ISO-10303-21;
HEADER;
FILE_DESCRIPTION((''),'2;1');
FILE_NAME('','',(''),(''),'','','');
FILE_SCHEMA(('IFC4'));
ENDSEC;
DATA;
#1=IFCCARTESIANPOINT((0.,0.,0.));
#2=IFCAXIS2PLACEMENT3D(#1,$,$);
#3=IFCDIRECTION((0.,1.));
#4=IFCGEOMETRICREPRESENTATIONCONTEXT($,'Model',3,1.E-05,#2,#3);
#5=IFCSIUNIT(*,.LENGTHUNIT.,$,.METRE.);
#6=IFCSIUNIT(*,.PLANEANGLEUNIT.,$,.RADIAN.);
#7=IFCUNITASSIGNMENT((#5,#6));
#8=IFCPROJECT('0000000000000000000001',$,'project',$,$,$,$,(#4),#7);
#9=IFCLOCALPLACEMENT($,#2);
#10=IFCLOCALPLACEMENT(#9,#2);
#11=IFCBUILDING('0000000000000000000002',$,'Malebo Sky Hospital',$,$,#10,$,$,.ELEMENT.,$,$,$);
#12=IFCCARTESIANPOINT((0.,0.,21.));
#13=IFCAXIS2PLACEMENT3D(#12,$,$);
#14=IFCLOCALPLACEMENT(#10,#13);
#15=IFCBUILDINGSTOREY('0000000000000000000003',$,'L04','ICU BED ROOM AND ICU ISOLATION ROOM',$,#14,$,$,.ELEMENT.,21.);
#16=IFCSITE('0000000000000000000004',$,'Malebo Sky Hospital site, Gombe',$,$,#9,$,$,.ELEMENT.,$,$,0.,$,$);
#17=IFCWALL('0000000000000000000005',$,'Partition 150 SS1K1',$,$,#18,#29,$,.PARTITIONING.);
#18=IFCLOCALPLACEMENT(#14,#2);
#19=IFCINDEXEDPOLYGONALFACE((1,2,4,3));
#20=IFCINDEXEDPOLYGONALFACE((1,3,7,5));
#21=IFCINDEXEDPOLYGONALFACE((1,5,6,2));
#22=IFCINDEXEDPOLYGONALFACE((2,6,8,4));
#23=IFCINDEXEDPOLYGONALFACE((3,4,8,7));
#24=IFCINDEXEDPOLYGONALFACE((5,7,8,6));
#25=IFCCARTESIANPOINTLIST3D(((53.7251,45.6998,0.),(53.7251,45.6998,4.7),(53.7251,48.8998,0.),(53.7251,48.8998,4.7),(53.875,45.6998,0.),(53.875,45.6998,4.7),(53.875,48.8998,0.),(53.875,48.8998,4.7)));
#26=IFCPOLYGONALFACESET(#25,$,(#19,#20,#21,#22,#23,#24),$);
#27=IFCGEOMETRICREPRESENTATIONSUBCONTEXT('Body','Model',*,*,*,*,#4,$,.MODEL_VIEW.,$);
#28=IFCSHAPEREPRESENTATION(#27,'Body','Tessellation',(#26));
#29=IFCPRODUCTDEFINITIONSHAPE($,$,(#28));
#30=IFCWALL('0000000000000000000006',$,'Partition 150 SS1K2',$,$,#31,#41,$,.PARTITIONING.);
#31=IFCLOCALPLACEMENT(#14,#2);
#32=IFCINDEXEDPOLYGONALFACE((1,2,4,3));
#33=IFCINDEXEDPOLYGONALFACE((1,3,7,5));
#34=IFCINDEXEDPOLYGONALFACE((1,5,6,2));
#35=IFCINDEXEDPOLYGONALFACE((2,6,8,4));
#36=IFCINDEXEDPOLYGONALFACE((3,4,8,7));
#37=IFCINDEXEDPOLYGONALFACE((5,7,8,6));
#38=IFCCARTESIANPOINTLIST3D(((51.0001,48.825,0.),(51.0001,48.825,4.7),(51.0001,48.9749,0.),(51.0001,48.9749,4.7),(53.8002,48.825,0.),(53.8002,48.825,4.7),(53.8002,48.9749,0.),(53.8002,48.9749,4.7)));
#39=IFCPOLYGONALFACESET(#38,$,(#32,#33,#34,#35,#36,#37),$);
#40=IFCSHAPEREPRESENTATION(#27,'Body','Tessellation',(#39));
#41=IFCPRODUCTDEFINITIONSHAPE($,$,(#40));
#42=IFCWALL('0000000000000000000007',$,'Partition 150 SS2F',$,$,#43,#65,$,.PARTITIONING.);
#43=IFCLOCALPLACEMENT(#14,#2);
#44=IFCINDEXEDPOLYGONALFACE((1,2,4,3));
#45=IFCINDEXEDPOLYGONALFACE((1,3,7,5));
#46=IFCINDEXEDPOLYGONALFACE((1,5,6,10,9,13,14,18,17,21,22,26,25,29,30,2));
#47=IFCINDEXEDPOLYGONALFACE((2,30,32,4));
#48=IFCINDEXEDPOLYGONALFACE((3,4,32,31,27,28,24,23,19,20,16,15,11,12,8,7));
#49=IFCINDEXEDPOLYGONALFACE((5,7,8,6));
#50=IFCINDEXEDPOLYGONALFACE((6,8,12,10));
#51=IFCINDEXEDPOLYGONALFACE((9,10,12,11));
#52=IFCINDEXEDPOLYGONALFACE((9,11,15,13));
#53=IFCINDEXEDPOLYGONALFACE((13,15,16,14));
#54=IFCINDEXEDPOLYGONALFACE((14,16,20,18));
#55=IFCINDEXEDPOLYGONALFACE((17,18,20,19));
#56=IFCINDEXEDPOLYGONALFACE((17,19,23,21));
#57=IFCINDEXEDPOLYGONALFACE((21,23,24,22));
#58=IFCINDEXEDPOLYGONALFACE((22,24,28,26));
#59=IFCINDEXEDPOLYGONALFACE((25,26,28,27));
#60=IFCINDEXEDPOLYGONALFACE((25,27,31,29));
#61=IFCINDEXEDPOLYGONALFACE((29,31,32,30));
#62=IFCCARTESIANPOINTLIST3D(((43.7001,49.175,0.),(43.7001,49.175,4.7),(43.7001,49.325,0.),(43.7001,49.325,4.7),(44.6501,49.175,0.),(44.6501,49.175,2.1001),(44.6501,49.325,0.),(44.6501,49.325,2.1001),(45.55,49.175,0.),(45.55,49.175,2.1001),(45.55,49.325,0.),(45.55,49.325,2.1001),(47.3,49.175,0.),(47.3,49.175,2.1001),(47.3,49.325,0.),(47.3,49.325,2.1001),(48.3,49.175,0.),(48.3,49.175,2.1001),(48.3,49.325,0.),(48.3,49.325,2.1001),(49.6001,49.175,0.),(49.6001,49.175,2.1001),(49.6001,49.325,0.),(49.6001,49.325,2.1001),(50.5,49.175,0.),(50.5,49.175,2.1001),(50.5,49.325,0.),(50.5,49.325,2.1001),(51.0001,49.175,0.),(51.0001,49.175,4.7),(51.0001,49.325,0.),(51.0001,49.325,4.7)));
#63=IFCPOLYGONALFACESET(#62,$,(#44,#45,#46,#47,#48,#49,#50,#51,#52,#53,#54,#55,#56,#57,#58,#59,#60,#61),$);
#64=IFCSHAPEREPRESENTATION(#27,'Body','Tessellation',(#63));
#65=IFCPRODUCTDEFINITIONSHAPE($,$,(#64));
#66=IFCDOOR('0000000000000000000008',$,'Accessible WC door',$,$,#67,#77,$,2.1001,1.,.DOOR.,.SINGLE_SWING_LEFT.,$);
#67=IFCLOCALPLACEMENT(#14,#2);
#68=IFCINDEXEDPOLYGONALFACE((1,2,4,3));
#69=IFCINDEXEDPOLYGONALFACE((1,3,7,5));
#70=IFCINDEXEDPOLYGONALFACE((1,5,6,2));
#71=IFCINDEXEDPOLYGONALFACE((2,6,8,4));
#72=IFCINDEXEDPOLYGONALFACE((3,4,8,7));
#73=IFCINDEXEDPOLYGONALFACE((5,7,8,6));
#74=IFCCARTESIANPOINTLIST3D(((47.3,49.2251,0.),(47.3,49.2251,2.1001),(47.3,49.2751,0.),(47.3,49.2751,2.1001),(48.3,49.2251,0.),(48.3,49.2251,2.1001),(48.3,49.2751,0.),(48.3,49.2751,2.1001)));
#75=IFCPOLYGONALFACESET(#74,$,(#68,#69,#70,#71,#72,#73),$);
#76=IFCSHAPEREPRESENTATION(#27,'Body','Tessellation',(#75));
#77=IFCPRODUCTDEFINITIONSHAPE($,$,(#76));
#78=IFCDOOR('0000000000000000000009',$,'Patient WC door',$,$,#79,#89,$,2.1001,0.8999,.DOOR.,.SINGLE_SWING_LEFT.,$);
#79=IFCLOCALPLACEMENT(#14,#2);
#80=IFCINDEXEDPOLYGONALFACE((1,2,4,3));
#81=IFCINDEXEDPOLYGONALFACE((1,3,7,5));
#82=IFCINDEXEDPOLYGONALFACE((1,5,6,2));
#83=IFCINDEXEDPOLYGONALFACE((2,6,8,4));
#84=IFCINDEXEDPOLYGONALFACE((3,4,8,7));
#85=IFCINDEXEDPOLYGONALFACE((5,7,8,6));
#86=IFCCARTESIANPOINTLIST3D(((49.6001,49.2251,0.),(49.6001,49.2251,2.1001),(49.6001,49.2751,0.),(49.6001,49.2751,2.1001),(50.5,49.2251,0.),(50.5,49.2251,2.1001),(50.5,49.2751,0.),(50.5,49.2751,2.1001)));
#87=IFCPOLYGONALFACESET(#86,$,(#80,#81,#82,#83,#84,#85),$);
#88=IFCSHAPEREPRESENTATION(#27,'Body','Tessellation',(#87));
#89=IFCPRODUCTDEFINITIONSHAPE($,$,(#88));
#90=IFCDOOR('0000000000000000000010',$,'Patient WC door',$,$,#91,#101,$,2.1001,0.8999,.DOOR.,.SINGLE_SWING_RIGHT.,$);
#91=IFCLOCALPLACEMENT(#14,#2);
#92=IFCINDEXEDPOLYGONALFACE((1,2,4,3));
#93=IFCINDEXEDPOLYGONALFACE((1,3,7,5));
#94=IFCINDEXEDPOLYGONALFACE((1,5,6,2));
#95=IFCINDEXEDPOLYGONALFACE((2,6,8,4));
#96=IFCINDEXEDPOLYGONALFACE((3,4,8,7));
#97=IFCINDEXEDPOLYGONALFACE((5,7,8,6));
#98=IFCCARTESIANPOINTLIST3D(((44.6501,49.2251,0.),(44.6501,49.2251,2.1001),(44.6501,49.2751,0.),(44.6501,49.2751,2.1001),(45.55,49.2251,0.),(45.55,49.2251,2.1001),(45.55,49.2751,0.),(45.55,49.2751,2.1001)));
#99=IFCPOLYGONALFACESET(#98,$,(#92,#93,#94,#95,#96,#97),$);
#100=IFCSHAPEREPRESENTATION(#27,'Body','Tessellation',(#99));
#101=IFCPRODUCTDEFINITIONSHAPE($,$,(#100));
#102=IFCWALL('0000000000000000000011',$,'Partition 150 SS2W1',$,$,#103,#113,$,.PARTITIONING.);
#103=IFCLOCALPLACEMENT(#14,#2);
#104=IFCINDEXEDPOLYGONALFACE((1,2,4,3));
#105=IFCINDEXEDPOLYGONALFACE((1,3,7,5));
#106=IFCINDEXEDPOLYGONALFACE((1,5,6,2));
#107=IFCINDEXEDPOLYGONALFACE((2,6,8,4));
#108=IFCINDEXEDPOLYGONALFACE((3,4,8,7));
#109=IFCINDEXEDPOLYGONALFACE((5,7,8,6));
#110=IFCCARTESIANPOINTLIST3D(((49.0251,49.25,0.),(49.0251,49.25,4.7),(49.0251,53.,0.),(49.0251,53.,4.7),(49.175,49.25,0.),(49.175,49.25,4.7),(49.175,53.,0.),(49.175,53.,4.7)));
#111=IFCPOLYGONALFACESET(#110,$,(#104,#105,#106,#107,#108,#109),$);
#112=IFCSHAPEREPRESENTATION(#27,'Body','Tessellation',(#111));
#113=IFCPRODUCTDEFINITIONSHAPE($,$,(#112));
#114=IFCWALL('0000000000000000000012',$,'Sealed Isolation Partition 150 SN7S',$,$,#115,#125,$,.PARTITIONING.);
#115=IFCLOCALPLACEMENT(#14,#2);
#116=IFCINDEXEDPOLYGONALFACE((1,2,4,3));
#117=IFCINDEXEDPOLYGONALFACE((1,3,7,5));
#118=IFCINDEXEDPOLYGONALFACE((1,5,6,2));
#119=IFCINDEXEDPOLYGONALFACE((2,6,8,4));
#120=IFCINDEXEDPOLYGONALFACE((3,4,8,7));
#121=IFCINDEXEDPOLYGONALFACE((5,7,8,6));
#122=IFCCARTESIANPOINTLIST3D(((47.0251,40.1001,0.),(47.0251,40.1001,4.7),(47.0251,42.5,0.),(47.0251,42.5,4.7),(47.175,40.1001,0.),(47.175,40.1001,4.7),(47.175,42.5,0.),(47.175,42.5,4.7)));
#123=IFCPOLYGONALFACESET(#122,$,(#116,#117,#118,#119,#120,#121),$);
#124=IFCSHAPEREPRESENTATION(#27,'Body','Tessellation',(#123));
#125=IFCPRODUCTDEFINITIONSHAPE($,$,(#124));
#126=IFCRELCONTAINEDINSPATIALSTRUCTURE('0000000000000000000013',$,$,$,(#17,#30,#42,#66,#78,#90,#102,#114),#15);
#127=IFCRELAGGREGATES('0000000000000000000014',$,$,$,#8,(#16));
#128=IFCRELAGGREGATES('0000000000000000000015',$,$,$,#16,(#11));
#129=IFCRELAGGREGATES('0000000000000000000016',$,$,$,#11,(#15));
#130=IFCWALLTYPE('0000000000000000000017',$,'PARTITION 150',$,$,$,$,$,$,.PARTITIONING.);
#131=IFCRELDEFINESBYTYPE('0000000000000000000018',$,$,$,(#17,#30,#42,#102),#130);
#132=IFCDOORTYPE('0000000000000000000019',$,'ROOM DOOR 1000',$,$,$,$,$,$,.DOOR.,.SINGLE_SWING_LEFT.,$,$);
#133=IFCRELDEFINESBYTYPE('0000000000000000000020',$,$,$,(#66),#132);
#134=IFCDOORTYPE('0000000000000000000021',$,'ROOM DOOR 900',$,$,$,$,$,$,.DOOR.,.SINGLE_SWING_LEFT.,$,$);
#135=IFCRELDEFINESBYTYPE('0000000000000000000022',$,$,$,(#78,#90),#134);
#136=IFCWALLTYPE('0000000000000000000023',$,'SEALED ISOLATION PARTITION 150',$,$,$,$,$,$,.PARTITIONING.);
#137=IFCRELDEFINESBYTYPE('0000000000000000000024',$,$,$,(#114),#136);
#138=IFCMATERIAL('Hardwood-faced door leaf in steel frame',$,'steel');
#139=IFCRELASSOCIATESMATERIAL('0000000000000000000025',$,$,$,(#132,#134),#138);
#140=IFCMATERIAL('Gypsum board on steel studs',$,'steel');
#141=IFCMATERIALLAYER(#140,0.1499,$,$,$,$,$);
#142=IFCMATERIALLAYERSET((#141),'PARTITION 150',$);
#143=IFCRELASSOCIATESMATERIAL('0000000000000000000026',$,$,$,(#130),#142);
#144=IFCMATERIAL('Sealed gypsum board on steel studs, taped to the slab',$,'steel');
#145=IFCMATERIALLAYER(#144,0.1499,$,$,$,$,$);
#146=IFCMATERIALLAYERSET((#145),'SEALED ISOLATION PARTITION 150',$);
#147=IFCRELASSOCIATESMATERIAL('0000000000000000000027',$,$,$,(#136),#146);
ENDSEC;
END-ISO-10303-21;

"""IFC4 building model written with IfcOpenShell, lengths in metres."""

from ifc_helpers import new_model, si_unit, direction, frame, frame_2d, origin, place, context, subcontext, project, spatial, rectangle, extrude, material, layer, layer_set, type_object, element, fill, save


model = new_model("IFC4")

# Units and contexts
model_context = context("Model", 3, precision=1e-05, world=origin(), true_north=direction((0.0, 1.0)))
body_context = subcontext(model_context, "Body", "Model", "MODEL_VIEW")
ifc_project = project(units=[si_unit("LENGTHUNIT", "METRE"), si_unit("PLANEANGLEUNIT", "RADIAN")], contexts=[model_context])

# Site, building, storey
site_placement = place(None, origin())
site = spatial("IfcSite", under=ifc_project, at=site_placement, Name="Malebo Sky Hospital site, Gombe", CompositionType="ELEMENT", RefElevation=0.0)
building_placement = place(site_placement, origin())
building = spatial("IfcBuilding", under=site, at=building_placement, Name="Malebo Sky Hospital", CompositionType="ELEMENT")
storey_placement = place(building_placement, frame((0.0, 0.0, 21.0)))
storey = spatial("IfcBuildingStorey", under=building, at=storey_placement, Name="L04", Description="ICU BED ROOM AND ICU ISOLATION ROOM", CompositionType="ELEMENT", Elevation=21.0)

# Shared definitions
ifc_material_1 = material(Name="Gypsum board on steel studs", Category="steel")
ifc_material_2 = material(Name="Hardwood-faced door leaf in steel frame", Category="steel")
door_type_1 = type_object("IfcDoorType", Name="ROOM DOOR 1000", OperationType="SINGLE_SWING_LEFT", PredefinedType="DOOR", material=ifc_material_2)
door_type_2 = type_object("IfcDoorType", Name="ROOM DOOR 900", OperationType="SINGLE_SWING_LEFT", PredefinedType="DOOR", material=ifc_material_2)

# Walls
ifc_layer_1 = layer(ifc_material_1, 0.1499)
ifc_layer_set_1 = layer_set([ifc_layer_1], Name="PARTITION 150")
wall_type_1 = type_object("IfcWallType", Name="PARTITION 150", PredefinedType="PARTITIONING", material=ifc_layer_set_1)
wall_1_placement = place(storey_placement, frame((53.8, 48.8999, 0.0), z_axis=(0.0, 0.0, 1.0), x_axis=(0.0, -1.0, 0.0)))
element("IfcWall", 1, at=wall_1_placement, inside=storey, type_object=wall_type_1, Name="Partition 150 SS1K1", PredefinedType="PARTITIONING", context=body_context, shape_type="SweptSolid", body=[
    extrude(rectangle(XDim=3.2, YDim=0.1499, at=frame_2d((1.6001, 0.0))), origin(), (0.0, 0.0, 1.0), 4.7),
])
wall_2_placement = place(storey_placement, frame((53.8, 48.8999, 0.0), z_axis=(0.0, 0.0, 1.0), x_axis=(-1.0, 0.0, 0.0)))
element("IfcWall", 2, at=wall_2_placement, inside=storey, type_object=wall_type_1, Name="Partition 150 SS1K2", PredefinedType="PARTITIONING", context=body_context, shape_type="SweptSolid", body=[
    extrude(rectangle(XDim=2.8, YDim=0.1499, at=frame_2d((1.3999, 0.0))), origin(), (0.0, 0.0, 1.0), 4.7),
])

# Wall, openings, doors
wall_3_placement = place(storey_placement, frame((51.0, 49.25, 0.0), z_axis=(0.0, 0.0, 1.0), x_axis=(-1.0, 0.0, 0.0)))
wall_3 = element("IfcWall", 3, at=wall_3_placement, inside=storey, type_object=wall_type_1, Name="Partition 150 SS2F", PredefinedType="PARTITIONING", context=body_context, shape_type="SweptSolid", body=[
    extrude(rectangle(XDim=7.3, YDim=0.1499, at=frame_2d((3.6499, 0.0))), origin(), (0.0, 0.0, 1.0), 4.7),
])
opening_1_placement = place(wall_3_placement, frame((0.5, 0.0, 0.0)))
opening_1 = element("IfcOpeningElement", 4, at=opening_1_placement, cuts=wall_3, PredefinedType="OPENING", context=body_context, shape_type="SweptSolid", body=[
    extrude(rectangle(XDim=0.8999, YDim=2.1001, at=frame_2d((0.45, 1.05))), frame((0.0, 0.085, 0.0), z_axis=(0.0, -1.0, 0.0), x_axis=(1.0, 0.0, 0.0)), (0.0, 0.0, 1.0), 0.1699),
])
opening_2_placement = place(wall_3_placement, frame((2.7, 0.0, 0.0)))
opening_2 = element("IfcOpeningElement", 5, at=opening_2_placement, cuts=wall_3, PredefinedType="OPENING", context=body_context, shape_type="SweptSolid", body=[
    extrude(rectangle(XDim=1.0, YDim=2.1001, at=frame_2d((0.5, 1.05))), frame((0.0, 0.085, 0.0), z_axis=(0.0, -1.0, 0.0), x_axis=(1.0, 0.0, 0.0)), (0.0, 0.0, 1.0), 0.1699),
])
opening_3_placement = place(wall_3_placement, frame((5.45, 0.0, 0.0)))
opening_3 = element("IfcOpeningElement", 6, at=opening_3_placement, cuts=wall_3, PredefinedType="OPENING", context=body_context, shape_type="SweptSolid", body=[
    extrude(rectangle(XDim=0.8999, YDim=2.1001, at=frame_2d((0.45, 1.05))), frame((0.0, 0.085, 0.0), z_axis=(0.0, -1.0, 0.0), x_axis=(1.0, 0.0, 0.0)), (0.0, 0.0, 1.0), 0.1699),
])
door_1_placement = place(opening_2_placement, origin())
door_1 = element("IfcDoor", 7, at=door_1_placement, inside=storey, type_object=door_type_1, Name="Accessible WC door", OperationType="SINGLE_SWING_LEFT", OverallHeight=2.1001, OverallWidth=1.0, PredefinedType="DOOR", context=body_context, shape_type="SweptSolid", body=[
    extrude(rectangle(XDim=1.0, YDim=2.1001, at=frame_2d((0.5, 1.05))), frame((0.0, 0.0249, 0.0), z_axis=(0.0, -1.0, 0.0), x_axis=(1.0, 0.0, 0.0)), (0.0, 0.0, 1.0), 0.05),
])
fill(opening_2, door_1)
door_2_placement = place(opening_1_placement, origin())
door_2 = element("IfcDoor", 8, at=door_2_placement, inside=storey, type_object=door_type_2, Name="Patient WC door", OperationType="SINGLE_SWING_LEFT", OverallHeight=2.1001, OverallWidth=0.8999, PredefinedType="DOOR", context=body_context, shape_type="SweptSolid", body=[
    extrude(rectangle(XDim=0.8999, YDim=2.1001, at=frame_2d((0.45, 1.05))), frame((0.0, 0.0249, 0.0), z_axis=(0.0, -1.0, 0.0), x_axis=(1.0, 0.0, 0.0)), (0.0, 0.0, 1.0), 0.05),
])
fill(opening_1, door_2)
door_3_placement = place(opening_3_placement, origin())
door_3 = element("IfcDoor", 9, at=door_3_placement, inside=storey, type_object=door_type_2, Name="Patient WC door", OperationType="SINGLE_SWING_RIGHT", OverallHeight=2.1001, OverallWidth=0.8999, PredefinedType="DOOR", context=body_context, shape_type="SweptSolid", body=[
    extrude(rectangle(XDim=0.8999, YDim=2.1001, at=frame_2d((0.45, 1.05))), frame((0.0, 0.0249, 0.0), z_axis=(0.0, -1.0, 0.0), x_axis=(1.0, 0.0, 0.0)), (0.0, 0.0, 1.0), 0.05),
])
fill(opening_3, door_3)

# Walls
wall_4_placement = place(storey_placement, frame((49.1001, 53.0, 0.0), z_axis=(0.0, 0.0, 1.0), x_axis=(0.0, -1.0, 0.0)))
element("IfcWall", 10, at=wall_4_placement, inside=storey, type_object=wall_type_1, Name="Partition 150 SS2W1", PredefinedType="PARTITIONING", context=body_context, shape_type="SweptSolid", body=[
    extrude(rectangle(XDim=3.75, YDim=0.1499, at=frame_2d((1.875, 0.0))), origin(), (0.0, 0.0, 1.0), 4.7),
])
ifc_material_3 = material(Name="Sealed gypsum board on steel studs, taped to the slab", Category="steel")
ifc_layer_2 = layer(ifc_material_3, 0.1499)
ifc_layer_set_2 = layer_set([ifc_layer_2], Name="SEALED ISOLATION PARTITION 150")
wall_type_2 = type_object("IfcWallType", Name="SEALED ISOLATION PARTITION 150", PredefinedType="PARTITIONING", material=ifc_layer_set_2)
wall_5_placement = place(storey_placement, frame((47.1001, 42.5, 0.0), z_axis=(0.0, 0.0, 1.0), x_axis=(0.0, -1.0, 0.0)))
element("IfcWall", 11, at=wall_5_placement, inside=storey, type_object=wall_type_2, Name="Sealed Isolation Partition 150 SN7S", PredefinedType="PARTITIONING", context=body_context, shape_type="SweptSolid", body=[
    extrude(rectangle(XDim=2.3999, YDim=0.1499, at=frame_2d((1.2, 0.0))), origin(), (0.0, 0.0, 1.0), 4.7),
])

save(model, "model.ifc")
